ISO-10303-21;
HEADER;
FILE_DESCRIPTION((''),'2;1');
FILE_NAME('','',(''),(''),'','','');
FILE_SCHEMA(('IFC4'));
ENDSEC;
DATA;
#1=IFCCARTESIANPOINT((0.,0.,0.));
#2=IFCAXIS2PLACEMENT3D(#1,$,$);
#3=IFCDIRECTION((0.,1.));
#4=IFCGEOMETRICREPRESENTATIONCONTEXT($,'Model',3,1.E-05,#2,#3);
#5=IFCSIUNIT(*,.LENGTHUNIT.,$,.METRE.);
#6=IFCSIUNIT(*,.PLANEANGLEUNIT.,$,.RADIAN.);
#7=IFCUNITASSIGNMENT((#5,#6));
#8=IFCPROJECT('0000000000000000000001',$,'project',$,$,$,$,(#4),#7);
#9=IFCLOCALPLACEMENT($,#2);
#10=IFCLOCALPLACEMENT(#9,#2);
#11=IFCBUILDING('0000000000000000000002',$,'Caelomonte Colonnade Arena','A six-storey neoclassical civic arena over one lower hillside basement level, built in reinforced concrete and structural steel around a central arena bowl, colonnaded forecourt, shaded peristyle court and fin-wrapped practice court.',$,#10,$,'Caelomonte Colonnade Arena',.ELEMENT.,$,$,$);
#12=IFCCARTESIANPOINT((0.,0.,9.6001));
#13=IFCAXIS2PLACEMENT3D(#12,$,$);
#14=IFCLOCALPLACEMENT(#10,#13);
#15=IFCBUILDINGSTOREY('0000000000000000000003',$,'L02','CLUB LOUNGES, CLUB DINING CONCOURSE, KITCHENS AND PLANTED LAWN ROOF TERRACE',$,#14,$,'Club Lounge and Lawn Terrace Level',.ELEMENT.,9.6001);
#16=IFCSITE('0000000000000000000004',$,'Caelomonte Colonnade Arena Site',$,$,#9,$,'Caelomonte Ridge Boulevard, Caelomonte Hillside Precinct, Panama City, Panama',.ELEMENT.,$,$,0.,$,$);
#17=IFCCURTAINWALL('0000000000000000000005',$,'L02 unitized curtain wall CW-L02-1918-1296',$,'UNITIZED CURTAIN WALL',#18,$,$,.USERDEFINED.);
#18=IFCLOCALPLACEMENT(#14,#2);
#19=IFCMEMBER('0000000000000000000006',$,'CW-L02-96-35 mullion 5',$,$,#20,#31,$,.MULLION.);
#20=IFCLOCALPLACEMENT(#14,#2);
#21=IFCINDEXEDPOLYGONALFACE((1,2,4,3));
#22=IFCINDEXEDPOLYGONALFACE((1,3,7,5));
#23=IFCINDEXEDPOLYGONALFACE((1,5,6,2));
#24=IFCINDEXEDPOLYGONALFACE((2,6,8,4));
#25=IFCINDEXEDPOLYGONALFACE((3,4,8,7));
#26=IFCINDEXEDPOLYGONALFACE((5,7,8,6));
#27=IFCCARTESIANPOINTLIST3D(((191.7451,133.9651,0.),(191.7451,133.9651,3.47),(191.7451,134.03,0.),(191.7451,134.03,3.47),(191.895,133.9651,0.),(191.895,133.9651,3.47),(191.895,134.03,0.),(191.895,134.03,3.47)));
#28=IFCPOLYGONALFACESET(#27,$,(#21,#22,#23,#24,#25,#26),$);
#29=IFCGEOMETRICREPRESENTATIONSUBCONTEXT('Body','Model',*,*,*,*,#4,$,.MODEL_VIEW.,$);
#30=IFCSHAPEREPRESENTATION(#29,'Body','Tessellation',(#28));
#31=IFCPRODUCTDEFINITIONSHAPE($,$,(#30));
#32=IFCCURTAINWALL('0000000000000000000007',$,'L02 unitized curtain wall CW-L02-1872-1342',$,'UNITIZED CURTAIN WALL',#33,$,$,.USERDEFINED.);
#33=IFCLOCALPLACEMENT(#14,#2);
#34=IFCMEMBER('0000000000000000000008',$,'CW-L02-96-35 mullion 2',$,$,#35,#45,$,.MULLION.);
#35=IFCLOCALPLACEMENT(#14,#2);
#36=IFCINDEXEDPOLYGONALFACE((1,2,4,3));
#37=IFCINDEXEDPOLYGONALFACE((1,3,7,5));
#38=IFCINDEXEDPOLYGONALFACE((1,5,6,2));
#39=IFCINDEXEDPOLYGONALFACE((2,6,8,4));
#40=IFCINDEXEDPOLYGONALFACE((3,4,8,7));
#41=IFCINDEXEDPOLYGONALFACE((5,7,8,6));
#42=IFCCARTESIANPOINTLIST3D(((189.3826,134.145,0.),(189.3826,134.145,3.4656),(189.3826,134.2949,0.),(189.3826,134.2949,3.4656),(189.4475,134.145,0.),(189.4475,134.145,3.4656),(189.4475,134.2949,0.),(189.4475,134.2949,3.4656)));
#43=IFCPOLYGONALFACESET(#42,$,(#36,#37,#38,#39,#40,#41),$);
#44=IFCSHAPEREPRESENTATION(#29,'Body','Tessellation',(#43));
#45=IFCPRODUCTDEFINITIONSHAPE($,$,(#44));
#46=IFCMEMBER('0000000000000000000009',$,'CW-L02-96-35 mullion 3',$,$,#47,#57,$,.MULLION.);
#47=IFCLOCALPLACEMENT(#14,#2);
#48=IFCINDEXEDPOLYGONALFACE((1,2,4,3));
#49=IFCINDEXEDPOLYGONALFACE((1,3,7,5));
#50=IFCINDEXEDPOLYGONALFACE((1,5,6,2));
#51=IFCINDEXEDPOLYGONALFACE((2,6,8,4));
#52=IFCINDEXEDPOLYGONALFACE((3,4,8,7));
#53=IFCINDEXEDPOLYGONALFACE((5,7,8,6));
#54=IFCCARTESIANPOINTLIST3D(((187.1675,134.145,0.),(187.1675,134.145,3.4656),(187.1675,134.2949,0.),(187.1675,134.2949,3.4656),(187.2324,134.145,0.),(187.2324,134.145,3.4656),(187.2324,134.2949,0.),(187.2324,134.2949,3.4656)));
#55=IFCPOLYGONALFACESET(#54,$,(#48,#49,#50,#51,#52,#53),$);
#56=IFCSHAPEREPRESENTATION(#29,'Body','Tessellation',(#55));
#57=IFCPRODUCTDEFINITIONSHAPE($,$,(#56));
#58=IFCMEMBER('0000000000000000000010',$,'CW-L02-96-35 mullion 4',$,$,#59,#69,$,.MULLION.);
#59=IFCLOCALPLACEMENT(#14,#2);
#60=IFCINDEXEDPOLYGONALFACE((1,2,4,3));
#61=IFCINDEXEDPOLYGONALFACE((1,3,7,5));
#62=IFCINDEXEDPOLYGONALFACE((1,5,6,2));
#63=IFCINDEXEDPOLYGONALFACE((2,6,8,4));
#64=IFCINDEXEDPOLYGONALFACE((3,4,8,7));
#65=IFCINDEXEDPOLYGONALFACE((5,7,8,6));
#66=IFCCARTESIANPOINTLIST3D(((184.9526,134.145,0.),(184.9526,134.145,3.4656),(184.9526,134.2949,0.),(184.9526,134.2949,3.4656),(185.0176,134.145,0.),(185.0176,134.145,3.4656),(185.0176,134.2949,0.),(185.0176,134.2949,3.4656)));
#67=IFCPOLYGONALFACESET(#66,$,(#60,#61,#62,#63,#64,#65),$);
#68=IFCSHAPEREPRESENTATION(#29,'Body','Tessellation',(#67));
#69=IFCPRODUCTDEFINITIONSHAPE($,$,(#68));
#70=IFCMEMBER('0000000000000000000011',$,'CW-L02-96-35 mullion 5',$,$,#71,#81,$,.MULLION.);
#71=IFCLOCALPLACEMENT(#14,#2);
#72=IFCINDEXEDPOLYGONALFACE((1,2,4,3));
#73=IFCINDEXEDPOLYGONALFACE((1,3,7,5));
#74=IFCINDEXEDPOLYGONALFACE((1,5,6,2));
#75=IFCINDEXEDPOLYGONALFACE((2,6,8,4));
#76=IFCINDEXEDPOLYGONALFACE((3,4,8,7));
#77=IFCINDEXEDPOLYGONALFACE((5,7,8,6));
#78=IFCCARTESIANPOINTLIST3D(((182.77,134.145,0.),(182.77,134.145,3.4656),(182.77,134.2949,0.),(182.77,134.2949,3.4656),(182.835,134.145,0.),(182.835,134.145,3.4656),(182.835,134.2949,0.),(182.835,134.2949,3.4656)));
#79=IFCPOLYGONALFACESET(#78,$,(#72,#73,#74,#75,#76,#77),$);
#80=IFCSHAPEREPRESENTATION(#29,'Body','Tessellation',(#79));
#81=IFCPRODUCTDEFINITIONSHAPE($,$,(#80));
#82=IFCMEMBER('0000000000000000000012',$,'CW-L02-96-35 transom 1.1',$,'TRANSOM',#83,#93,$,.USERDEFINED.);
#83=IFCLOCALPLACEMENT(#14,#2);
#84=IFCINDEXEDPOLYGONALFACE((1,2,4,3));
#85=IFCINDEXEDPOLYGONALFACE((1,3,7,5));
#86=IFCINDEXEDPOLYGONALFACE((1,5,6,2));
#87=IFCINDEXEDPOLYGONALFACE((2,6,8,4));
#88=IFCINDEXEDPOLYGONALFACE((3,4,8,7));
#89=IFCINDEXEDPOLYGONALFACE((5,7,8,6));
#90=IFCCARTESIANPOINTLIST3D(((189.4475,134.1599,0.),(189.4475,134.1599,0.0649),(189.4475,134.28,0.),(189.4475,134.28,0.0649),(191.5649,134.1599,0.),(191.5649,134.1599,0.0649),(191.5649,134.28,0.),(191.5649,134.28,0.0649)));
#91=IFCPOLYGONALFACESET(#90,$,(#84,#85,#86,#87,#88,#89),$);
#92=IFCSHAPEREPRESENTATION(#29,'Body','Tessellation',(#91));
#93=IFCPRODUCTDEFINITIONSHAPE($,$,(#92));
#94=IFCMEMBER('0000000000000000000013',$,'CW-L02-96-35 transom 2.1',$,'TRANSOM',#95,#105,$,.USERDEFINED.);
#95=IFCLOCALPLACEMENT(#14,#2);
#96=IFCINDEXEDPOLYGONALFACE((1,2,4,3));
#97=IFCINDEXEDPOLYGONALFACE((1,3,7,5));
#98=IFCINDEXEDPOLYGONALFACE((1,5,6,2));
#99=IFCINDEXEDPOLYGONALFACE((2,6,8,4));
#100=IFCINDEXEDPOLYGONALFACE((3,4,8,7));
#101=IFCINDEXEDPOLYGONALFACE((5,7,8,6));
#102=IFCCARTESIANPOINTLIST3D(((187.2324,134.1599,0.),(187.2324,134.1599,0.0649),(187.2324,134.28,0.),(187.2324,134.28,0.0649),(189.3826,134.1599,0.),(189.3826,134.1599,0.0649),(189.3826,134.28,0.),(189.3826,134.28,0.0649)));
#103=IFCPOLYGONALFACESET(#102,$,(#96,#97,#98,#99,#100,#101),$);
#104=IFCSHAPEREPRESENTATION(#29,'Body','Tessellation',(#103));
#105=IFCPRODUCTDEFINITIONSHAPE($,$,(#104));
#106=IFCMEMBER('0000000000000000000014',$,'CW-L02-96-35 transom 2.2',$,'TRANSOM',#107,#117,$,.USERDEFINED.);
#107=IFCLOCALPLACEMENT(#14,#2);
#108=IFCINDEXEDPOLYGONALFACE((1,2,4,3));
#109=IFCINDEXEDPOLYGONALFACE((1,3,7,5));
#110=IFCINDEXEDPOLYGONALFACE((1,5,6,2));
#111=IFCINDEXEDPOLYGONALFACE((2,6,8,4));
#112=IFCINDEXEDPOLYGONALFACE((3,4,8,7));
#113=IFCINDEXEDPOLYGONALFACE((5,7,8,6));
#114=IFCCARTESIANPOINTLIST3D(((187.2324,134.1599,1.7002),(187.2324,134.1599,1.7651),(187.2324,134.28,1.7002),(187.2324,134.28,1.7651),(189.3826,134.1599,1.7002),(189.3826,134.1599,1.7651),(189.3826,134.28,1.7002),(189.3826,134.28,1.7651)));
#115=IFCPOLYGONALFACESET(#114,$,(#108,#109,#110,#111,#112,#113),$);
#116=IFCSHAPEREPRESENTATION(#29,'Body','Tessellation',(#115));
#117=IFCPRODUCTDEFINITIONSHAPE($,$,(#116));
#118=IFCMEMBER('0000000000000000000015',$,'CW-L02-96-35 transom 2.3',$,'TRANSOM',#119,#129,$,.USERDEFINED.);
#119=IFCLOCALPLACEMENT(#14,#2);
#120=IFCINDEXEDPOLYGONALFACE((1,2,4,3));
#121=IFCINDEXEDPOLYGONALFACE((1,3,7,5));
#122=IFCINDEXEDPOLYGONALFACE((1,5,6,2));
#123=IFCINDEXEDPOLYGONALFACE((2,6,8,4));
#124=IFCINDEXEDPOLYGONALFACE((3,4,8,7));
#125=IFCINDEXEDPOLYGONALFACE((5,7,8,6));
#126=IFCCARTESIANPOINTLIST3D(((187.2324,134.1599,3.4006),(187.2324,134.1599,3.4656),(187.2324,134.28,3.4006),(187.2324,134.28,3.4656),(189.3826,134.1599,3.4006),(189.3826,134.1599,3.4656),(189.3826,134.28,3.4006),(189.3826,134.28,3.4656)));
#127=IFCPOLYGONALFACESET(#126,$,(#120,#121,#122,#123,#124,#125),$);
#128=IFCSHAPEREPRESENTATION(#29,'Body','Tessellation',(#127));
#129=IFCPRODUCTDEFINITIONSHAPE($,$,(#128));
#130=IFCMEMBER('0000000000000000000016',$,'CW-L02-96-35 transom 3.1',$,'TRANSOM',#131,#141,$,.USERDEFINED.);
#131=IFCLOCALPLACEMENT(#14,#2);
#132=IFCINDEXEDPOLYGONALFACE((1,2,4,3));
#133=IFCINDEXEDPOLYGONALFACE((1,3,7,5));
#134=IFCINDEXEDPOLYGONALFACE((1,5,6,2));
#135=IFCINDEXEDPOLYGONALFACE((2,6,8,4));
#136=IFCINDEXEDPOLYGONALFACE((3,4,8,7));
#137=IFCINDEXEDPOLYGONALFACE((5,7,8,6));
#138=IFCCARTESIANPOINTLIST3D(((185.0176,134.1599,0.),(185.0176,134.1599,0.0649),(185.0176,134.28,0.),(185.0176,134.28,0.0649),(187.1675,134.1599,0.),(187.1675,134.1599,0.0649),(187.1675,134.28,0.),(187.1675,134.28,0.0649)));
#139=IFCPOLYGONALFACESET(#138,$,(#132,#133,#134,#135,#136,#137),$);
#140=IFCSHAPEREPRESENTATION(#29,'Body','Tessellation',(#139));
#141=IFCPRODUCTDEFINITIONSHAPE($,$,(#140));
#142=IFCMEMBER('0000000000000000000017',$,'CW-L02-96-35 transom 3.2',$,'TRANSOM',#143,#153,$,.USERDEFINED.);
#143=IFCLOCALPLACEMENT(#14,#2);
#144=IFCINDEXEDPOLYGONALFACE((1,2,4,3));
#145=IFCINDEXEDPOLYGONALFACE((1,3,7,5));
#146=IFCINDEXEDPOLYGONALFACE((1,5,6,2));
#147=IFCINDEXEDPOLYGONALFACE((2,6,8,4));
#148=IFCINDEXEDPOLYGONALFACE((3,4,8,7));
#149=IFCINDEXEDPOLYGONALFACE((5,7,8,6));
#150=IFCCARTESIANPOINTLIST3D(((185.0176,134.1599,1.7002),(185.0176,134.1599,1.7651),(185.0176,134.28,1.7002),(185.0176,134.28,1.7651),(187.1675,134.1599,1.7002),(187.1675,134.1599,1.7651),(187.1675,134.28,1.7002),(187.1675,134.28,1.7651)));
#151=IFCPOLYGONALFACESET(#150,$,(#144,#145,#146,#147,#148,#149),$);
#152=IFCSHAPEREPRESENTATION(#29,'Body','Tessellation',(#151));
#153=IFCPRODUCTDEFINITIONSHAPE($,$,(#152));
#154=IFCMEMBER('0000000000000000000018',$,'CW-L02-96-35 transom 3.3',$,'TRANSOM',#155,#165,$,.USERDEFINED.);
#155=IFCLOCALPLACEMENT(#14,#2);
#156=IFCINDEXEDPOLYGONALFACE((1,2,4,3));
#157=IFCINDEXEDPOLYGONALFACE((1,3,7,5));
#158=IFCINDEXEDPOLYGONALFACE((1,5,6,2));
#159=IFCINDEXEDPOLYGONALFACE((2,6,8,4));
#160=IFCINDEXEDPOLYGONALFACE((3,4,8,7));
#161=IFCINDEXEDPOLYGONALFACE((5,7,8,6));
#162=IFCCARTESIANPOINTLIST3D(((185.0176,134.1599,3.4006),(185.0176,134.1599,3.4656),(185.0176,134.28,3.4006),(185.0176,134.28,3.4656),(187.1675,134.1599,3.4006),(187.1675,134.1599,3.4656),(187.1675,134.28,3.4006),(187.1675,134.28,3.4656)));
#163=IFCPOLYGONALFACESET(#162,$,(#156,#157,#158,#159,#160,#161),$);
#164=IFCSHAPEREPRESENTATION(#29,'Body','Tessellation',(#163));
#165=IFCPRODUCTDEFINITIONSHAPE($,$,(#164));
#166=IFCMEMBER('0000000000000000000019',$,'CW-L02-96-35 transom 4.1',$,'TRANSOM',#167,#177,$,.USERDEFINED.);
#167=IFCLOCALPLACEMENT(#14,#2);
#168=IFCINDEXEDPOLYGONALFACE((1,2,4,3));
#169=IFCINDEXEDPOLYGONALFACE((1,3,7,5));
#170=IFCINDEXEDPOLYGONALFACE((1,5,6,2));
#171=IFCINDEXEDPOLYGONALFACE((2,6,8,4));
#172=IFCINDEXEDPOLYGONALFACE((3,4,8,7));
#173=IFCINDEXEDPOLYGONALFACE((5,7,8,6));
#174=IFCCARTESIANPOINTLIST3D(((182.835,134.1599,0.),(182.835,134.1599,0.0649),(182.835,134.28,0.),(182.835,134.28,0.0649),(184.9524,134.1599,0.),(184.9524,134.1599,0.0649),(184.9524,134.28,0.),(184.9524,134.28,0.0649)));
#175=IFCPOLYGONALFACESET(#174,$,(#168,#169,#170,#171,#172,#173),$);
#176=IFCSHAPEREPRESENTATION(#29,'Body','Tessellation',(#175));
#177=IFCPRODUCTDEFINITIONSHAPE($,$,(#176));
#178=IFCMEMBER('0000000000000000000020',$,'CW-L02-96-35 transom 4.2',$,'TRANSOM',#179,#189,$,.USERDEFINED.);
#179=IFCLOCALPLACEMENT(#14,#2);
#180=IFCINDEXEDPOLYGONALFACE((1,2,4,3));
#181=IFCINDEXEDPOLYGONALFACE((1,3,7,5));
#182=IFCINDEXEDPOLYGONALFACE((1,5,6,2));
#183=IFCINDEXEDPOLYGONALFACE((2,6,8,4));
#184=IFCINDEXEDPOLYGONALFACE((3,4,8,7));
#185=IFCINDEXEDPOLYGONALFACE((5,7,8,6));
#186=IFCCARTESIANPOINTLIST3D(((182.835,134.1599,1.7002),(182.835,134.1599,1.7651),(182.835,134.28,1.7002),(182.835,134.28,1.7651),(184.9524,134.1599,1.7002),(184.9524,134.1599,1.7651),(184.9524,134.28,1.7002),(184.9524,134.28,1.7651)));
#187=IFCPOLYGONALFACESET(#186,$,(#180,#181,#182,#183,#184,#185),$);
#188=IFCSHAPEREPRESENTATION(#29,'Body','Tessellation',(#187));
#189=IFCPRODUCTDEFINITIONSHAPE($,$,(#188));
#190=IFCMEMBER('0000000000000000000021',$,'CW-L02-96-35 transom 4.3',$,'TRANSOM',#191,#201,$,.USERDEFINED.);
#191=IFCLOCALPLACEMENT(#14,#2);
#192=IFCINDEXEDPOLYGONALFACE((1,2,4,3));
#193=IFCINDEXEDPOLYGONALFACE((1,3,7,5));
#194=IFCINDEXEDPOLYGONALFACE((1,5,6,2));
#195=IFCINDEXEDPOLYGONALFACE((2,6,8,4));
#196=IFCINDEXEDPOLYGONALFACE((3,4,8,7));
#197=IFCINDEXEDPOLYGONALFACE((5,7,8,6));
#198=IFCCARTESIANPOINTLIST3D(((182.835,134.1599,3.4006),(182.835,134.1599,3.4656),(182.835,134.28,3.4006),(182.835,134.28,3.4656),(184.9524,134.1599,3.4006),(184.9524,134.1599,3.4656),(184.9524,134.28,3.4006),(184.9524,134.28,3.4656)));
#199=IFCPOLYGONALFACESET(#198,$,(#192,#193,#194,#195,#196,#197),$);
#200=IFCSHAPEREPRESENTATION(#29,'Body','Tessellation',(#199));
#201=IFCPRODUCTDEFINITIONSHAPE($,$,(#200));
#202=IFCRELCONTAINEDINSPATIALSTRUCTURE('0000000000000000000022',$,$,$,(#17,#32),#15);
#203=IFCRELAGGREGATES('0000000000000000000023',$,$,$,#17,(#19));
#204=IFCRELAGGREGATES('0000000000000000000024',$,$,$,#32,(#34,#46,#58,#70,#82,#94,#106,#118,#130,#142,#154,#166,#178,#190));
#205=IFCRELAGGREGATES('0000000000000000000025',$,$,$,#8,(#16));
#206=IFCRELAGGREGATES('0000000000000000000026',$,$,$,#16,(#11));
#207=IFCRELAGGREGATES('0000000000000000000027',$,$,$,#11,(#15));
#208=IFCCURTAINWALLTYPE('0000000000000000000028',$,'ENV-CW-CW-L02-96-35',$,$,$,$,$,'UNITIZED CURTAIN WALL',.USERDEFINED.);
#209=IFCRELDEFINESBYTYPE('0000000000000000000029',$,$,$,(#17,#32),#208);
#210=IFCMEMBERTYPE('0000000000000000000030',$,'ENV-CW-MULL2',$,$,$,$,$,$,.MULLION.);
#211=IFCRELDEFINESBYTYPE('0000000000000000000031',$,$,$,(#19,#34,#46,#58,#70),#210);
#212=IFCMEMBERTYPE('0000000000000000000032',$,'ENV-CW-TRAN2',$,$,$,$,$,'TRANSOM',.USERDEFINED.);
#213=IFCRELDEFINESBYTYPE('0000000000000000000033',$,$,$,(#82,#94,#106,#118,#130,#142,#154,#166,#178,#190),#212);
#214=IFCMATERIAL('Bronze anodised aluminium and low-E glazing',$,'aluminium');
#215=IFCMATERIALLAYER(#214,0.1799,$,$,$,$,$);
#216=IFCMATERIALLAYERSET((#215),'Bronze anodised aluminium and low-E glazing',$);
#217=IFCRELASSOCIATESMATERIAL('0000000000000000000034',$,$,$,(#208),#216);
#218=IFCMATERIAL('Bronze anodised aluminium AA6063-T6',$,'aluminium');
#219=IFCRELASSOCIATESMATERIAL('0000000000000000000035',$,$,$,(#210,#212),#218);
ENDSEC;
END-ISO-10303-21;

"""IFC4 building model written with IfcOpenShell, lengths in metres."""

from ifc_helpers import new_model, si_unit, direction, frame, origin, origin_2d, place, context, subcontext, project, spatial, rectangle, extrude, material, layer, layer_set, material_profile, profile_set, type_object, element, aggregate, save


model = new_model("IFC4")

# Units and contexts
model_context = context("Model", 3, precision=1e-05, world=origin(), true_north=direction((0.0, 1.0)))
body_context = subcontext(model_context, "Body", "Model", "MODEL_VIEW")
ifc_project = project(units=[si_unit("LENGTHUNIT", "METRE"), si_unit("PLANEANGLEUNIT", "RADIAN")], contexts=[model_context])

# Site, building, storey
site_placement = place(None, origin())
site = spatial("IfcSite", under=ifc_project, at=site_placement, Name="Caelomonte Colonnade Arena Site", LongName="Caelomonte Ridge Boulevard, Caelomonte Hillside Precinct, Panama City, Panama", CompositionType="ELEMENT", RefElevation=0.0)
building_placement = place(site_placement, origin())
building = spatial("IfcBuilding", under=site, at=building_placement, Name="Caelomonte Colonnade Arena", Description="A six-storey neoclassical civic arena over one lower hillside basement level, built in reinforced concrete and structural steel around a central arena bowl, colonnaded forecourt, shaded peristyle court and fin-wrapped practice court.", LongName="Caelomonte Colonnade Arena", CompositionType="ELEMENT")
storey_placement = place(building_placement, frame((0.0, 0.0, 9.6001)))
storey = spatial("IfcBuildingStorey", under=building, at=storey_placement, Name="L02", Description="CLUB LOUNGES, CLUB DINING CONCOURSE, KITCHENS AND PLANTED LAWN ROOF TERRACE", LongName="Club Lounge and Lawn Terrace Level", CompositionType="ELEMENT", Elevation=9.6001)

# Curtain wall, member
ifc_material_1 = material(Name="Bronze anodised aluminium and low-E glazing", Category="aluminium")
ifc_layer_1 = layer(ifc_material_1, 0.1799)
ifc_layer_set_1 = layer_set([ifc_layer_1], Name="Bronze anodised aluminium and low-E glazing")
curtain_wall_type = type_object("IfcCurtainWallType", Name="ENV-CW-CW-L02-96-35", ElementType="UNITIZED CURTAIN WALL", PredefinedType="USERDEFINED", material=ifc_layer_set_1)
curtain_wall_1_placement = place(storey_placement, origin())
curtain_wall_1 = element("IfcCurtainWall", 1, at=curtain_wall_1_placement, inside=storey, type_object=curtain_wall_type, Name="L02 unitized curtain wall CW-L02-1918-1296", ObjectType="UNITIZED CURTAIN WALL", PredefinedType="USERDEFINED")
ifc_material_2 = material(Name="Bronze anodised aluminium AA6063-T6", Category="aluminium")
ifc_material_profile_1 = material_profile(ifc_material_2, rectangle(XDim=0.0649, YDim=0.1499, at=origin_2d()), Name="CWM-65X150")
ifc_profile_set_1 = profile_set([ifc_material_profile_1], Name="Bronze anodised aluminium AA6063-T6")
member_type_1 = type_object("IfcMemberType", Name="ENV-CW-MULL2", PredefinedType="MULLION", material=ifc_profile_set_1)
member_1_placement = place(storey_placement, frame((191.8201, 133.9976, 0.0), z_axis=(0.0, 0.0, 1.0), x_axis=(0.0, 1.0, 0.0)))
member_1 = element("IfcMember", 2, at=member_1_placement, type_object=member_type_1, Name="CW-L02-96-35 mullion 5", PredefinedType="MULLION", context=body_context, shape_type="SweptSolid", body=[
    extrude(rectangle(XDim=0.0649, YDim=0.1499, at=origin_2d()), origin(), (0.0, 0.0, 1.0), 3.47),
])

# Curtain wall, members
curtain_wall_2_placement = place(storey_placement, origin())
curtain_wall_2 = element("IfcCurtainWall", 3, at=curtain_wall_2_placement, inside=storey, type_object=curtain_wall_type, Name="L02 unitized curtain wall CW-L02-1872-1342", ObjectType="UNITIZED CURTAIN WALL", PredefinedType="USERDEFINED")
member_2_placement = place(storey_placement, frame((189.415, 134.22, 0.0), z_axis=(0.0, 0.0, 1.0), x_axis=(-1.0, 0.0, 0.0)))
member_2 = element("IfcMember", 4, at=member_2_placement, type_object=member_type_1, Name="CW-L02-96-35 mullion 2", PredefinedType="MULLION", context=body_context, shape_type="SweptSolid", body=[
    extrude(rectangle(XDim=0.0649, YDim=0.1499, at=origin_2d()), origin(), (0.0, 0.0, 1.0), 3.4656),
])
member_3_placement = place(storey_placement, frame((187.2, 134.22, 0.0), z_axis=(0.0, 0.0, 1.0), x_axis=(-1.0, 0.0, 0.0)))
member_3 = element("IfcMember", 5, at=member_3_placement, type_object=member_type_1, Name="CW-L02-96-35 mullion 3", PredefinedType="MULLION", context=body_context, shape_type="SweptSolid", body=[
    extrude(rectangle(XDim=0.0649, YDim=0.1499, at=origin_2d()), origin(), (0.0, 0.0, 1.0), 3.4656),
])
member_4_placement = place(storey_placement, frame((184.9851, 134.22, 0.0), z_axis=(0.0, 0.0, 1.0), x_axis=(-1.0, 0.0, 0.0)))
member_4 = element("IfcMember", 6, at=member_4_placement, type_object=member_type_1, Name="CW-L02-96-35 mullion 4", PredefinedType="MULLION", context=body_context, shape_type="SweptSolid", body=[
    extrude(rectangle(XDim=0.0649, YDim=0.1499, at=origin_2d()), origin(), (0.0, 0.0, 1.0), 3.4656),
])
member_5_placement = place(storey_placement, frame((182.8025, 134.22, 0.0), z_axis=(0.0, 0.0, 1.0), x_axis=(-1.0, 0.0, 0.0)))
member_5 = element("IfcMember", 7, at=member_5_placement, type_object=member_type_1, Name="CW-L02-96-35 mullion 5", PredefinedType="MULLION", context=body_context, shape_type="SweptSolid", body=[
    extrude(rectangle(XDim=0.0649, YDim=0.1499, at=origin_2d()), origin(), (0.0, 0.0, 1.0), 3.4656),
])
ifc_material_profile_2 = material_profile(ifc_material_2, rectangle(XDim=0.0649, YDim=0.1201, at=origin_2d()), Name="CWT-65X120")
ifc_profile_set_2 = profile_set([ifc_material_profile_2], Name="Bronze anodised aluminium AA6063-T6")
member_type_2 = type_object("IfcMemberType", Name="ENV-CW-TRAN2", ElementType="TRANSOM", PredefinedType="USERDEFINED", material=ifc_profile_set_2)
member_6_placement = place(storey_placement, frame((191.5649, 134.22, 0.0325), z_axis=(-1.0, 0.0, 0.0), x_axis=(0.0, 0.0, 1.0)))
member_6 = element("IfcMember", 8, at=member_6_placement, type_object=member_type_2, Name="CW-L02-96-35 transom 1.1", ObjectType="TRANSOM", PredefinedType="USERDEFINED", context=body_context, shape_type="SweptSolid", body=[
    extrude(rectangle(XDim=0.0649, YDim=0.1201, at=origin_2d()), origin(), (0.0, 0.0, 1.0), 2.1174),
])
member_7_placement = place(storey_placement, frame((189.3826, 134.22, 0.0325), z_axis=(-1.0, 0.0, 0.0), x_axis=(0.0, 0.0, 1.0)))
member_7 = element("IfcMember", 9, at=member_7_placement, type_object=member_type_2, Name="CW-L02-96-35 transom 2.1", ObjectType="TRANSOM", PredefinedType="USERDEFINED", context=body_context, shape_type="SweptSolid", body=[
    extrude(rectangle(XDim=0.0649, YDim=0.1201, at=origin_2d()), origin(), (0.0, 0.0, 1.0), 2.1501),
])
member_8_placement = place(storey_placement, frame((189.3826, 134.22, 1.7327), z_axis=(-1.0, 0.0, 0.0), x_axis=(0.0, 0.0, 1.0)))
member_8 = element("IfcMember", 10, at=member_8_placement, type_object=member_type_2, Name="CW-L02-96-35 transom 2.2", ObjectType="TRANSOM", PredefinedType="USERDEFINED", context=body_context, shape_type="SweptSolid", body=[
    extrude(rectangle(XDim=0.0649, YDim=0.1201, at=origin_2d()), origin(), (0.0, 0.0, 1.0), 2.1501),
])
member_9_placement = place(storey_placement, frame((189.3826, 134.22, 3.4331), z_axis=(-1.0, 0.0, 0.0), x_axis=(0.0, 0.0, 1.0)))
member_9 = element("IfcMember", 11, at=member_9_placement, type_object=member_type_2, Name="CW-L02-96-35 transom 2.3", ObjectType="TRANSOM", PredefinedType="USERDEFINED", context=body_context, shape_type="SweptSolid", body=[
    extrude(rectangle(XDim=0.0649, YDim=0.1201, at=origin_2d()), origin(), (0.0, 0.0, 1.0), 2.1501),
])
member_10_placement = place(storey_placement, frame((187.1675, 134.22, 0.0325), z_axis=(-1.0, 0.0, 0.0), x_axis=(0.0, 0.0, 1.0)))
member_10 = element("IfcMember", 12, at=member_10_placement, type_object=member_type_2, Name="CW-L02-96-35 transom 3.1", ObjectType="TRANSOM", PredefinedType="USERDEFINED", context=body_context, shape_type="SweptSolid", body=[
    extrude(rectangle(XDim=0.0649, YDim=0.1201, at=origin_2d()), origin(), (0.0, 0.0, 1.0), 2.1499),
])
member_11_placement = place(storey_placement, frame((187.1675, 134.22, 1.7327), z_axis=(-1.0, 0.0, 0.0), x_axis=(0.0, 0.0, 1.0)))
member_11 = element("IfcMember", 13, at=member_11_placement, type_object=member_type_2, Name="CW-L02-96-35 transom 3.2", ObjectType="TRANSOM", PredefinedType="USERDEFINED", context=body_context, shape_type="SweptSolid", body=[
    extrude(rectangle(XDim=0.0649, YDim=0.1201, at=origin_2d()), origin(), (0.0, 0.0, 1.0), 2.1499),
])
member_12_placement = place(storey_placement, frame((187.1675, 134.22, 3.4331), z_axis=(-1.0, 0.0, 0.0), x_axis=(0.0, 0.0, 1.0)))
member_12 = element("IfcMember", 14, at=member_12_placement, type_object=member_type_2, Name="CW-L02-96-35 transom 3.3", ObjectType="TRANSOM", PredefinedType="USERDEFINED", context=body_context, shape_type="SweptSolid", body=[
    extrude(rectangle(XDim=0.0649, YDim=0.1201, at=origin_2d()), origin(), (0.0, 0.0, 1.0), 2.1499),
])
member_13_placement = place(storey_placement, frame((184.9524, 134.22, 0.0325), z_axis=(-1.0, 0.0, 0.0), x_axis=(0.0, 0.0, 1.0)))
member_13 = element("IfcMember", 15, at=member_13_placement, type_object=member_type_2, Name="CW-L02-96-35 transom 4.1", ObjectType="TRANSOM", PredefinedType="USERDEFINED", context=body_context, shape_type="SweptSolid", body=[
    extrude(rectangle(XDim=0.0649, YDim=0.1201, at=origin_2d()), origin(), (0.0, 0.0, 1.0), 2.1174),
])
member_14_placement = place(storey_placement, frame((184.9524, 134.22, 1.7327), z_axis=(-1.0, 0.0, 0.0), x_axis=(0.0, 0.0, 1.0)))
member_14 = element("IfcMember", 16, at=member_14_placement, type_object=member_type_2, Name="CW-L02-96-35 transom 4.2", ObjectType="TRANSOM", PredefinedType="USERDEFINED", context=body_context, shape_type="SweptSolid", body=[
    extrude(rectangle(XDim=0.0649, YDim=0.1201, at=origin_2d()), origin(), (0.0, 0.0, 1.0), 2.1174),
])
member_15_placement = place(storey_placement, frame((184.9524, 134.22, 3.4331), z_axis=(-1.0, 0.0, 0.0), x_axis=(0.0, 0.0, 1.0)))
member_15 = element("IfcMember", 17, at=member_15_placement, type_object=member_type_2, Name="CW-L02-96-35 transom 4.3", ObjectType="TRANSOM", PredefinedType="USERDEFINED", context=body_context, shape_type="SweptSolid", body=[
    extrude(rectangle(XDim=0.0649, YDim=0.1201, at=origin_2d()), origin(), (0.0, 0.0, 1.0), 2.1174),
])

aggregate(curtain_wall_1, [member_1])
aggregate(curtain_wall_2, [member_2, member_3, member_4, member_5, member_6, member_7, member_8, member_9, member_10, member_11, member_12, member_13, member_14, member_15])

save(model, "model.ifc")
